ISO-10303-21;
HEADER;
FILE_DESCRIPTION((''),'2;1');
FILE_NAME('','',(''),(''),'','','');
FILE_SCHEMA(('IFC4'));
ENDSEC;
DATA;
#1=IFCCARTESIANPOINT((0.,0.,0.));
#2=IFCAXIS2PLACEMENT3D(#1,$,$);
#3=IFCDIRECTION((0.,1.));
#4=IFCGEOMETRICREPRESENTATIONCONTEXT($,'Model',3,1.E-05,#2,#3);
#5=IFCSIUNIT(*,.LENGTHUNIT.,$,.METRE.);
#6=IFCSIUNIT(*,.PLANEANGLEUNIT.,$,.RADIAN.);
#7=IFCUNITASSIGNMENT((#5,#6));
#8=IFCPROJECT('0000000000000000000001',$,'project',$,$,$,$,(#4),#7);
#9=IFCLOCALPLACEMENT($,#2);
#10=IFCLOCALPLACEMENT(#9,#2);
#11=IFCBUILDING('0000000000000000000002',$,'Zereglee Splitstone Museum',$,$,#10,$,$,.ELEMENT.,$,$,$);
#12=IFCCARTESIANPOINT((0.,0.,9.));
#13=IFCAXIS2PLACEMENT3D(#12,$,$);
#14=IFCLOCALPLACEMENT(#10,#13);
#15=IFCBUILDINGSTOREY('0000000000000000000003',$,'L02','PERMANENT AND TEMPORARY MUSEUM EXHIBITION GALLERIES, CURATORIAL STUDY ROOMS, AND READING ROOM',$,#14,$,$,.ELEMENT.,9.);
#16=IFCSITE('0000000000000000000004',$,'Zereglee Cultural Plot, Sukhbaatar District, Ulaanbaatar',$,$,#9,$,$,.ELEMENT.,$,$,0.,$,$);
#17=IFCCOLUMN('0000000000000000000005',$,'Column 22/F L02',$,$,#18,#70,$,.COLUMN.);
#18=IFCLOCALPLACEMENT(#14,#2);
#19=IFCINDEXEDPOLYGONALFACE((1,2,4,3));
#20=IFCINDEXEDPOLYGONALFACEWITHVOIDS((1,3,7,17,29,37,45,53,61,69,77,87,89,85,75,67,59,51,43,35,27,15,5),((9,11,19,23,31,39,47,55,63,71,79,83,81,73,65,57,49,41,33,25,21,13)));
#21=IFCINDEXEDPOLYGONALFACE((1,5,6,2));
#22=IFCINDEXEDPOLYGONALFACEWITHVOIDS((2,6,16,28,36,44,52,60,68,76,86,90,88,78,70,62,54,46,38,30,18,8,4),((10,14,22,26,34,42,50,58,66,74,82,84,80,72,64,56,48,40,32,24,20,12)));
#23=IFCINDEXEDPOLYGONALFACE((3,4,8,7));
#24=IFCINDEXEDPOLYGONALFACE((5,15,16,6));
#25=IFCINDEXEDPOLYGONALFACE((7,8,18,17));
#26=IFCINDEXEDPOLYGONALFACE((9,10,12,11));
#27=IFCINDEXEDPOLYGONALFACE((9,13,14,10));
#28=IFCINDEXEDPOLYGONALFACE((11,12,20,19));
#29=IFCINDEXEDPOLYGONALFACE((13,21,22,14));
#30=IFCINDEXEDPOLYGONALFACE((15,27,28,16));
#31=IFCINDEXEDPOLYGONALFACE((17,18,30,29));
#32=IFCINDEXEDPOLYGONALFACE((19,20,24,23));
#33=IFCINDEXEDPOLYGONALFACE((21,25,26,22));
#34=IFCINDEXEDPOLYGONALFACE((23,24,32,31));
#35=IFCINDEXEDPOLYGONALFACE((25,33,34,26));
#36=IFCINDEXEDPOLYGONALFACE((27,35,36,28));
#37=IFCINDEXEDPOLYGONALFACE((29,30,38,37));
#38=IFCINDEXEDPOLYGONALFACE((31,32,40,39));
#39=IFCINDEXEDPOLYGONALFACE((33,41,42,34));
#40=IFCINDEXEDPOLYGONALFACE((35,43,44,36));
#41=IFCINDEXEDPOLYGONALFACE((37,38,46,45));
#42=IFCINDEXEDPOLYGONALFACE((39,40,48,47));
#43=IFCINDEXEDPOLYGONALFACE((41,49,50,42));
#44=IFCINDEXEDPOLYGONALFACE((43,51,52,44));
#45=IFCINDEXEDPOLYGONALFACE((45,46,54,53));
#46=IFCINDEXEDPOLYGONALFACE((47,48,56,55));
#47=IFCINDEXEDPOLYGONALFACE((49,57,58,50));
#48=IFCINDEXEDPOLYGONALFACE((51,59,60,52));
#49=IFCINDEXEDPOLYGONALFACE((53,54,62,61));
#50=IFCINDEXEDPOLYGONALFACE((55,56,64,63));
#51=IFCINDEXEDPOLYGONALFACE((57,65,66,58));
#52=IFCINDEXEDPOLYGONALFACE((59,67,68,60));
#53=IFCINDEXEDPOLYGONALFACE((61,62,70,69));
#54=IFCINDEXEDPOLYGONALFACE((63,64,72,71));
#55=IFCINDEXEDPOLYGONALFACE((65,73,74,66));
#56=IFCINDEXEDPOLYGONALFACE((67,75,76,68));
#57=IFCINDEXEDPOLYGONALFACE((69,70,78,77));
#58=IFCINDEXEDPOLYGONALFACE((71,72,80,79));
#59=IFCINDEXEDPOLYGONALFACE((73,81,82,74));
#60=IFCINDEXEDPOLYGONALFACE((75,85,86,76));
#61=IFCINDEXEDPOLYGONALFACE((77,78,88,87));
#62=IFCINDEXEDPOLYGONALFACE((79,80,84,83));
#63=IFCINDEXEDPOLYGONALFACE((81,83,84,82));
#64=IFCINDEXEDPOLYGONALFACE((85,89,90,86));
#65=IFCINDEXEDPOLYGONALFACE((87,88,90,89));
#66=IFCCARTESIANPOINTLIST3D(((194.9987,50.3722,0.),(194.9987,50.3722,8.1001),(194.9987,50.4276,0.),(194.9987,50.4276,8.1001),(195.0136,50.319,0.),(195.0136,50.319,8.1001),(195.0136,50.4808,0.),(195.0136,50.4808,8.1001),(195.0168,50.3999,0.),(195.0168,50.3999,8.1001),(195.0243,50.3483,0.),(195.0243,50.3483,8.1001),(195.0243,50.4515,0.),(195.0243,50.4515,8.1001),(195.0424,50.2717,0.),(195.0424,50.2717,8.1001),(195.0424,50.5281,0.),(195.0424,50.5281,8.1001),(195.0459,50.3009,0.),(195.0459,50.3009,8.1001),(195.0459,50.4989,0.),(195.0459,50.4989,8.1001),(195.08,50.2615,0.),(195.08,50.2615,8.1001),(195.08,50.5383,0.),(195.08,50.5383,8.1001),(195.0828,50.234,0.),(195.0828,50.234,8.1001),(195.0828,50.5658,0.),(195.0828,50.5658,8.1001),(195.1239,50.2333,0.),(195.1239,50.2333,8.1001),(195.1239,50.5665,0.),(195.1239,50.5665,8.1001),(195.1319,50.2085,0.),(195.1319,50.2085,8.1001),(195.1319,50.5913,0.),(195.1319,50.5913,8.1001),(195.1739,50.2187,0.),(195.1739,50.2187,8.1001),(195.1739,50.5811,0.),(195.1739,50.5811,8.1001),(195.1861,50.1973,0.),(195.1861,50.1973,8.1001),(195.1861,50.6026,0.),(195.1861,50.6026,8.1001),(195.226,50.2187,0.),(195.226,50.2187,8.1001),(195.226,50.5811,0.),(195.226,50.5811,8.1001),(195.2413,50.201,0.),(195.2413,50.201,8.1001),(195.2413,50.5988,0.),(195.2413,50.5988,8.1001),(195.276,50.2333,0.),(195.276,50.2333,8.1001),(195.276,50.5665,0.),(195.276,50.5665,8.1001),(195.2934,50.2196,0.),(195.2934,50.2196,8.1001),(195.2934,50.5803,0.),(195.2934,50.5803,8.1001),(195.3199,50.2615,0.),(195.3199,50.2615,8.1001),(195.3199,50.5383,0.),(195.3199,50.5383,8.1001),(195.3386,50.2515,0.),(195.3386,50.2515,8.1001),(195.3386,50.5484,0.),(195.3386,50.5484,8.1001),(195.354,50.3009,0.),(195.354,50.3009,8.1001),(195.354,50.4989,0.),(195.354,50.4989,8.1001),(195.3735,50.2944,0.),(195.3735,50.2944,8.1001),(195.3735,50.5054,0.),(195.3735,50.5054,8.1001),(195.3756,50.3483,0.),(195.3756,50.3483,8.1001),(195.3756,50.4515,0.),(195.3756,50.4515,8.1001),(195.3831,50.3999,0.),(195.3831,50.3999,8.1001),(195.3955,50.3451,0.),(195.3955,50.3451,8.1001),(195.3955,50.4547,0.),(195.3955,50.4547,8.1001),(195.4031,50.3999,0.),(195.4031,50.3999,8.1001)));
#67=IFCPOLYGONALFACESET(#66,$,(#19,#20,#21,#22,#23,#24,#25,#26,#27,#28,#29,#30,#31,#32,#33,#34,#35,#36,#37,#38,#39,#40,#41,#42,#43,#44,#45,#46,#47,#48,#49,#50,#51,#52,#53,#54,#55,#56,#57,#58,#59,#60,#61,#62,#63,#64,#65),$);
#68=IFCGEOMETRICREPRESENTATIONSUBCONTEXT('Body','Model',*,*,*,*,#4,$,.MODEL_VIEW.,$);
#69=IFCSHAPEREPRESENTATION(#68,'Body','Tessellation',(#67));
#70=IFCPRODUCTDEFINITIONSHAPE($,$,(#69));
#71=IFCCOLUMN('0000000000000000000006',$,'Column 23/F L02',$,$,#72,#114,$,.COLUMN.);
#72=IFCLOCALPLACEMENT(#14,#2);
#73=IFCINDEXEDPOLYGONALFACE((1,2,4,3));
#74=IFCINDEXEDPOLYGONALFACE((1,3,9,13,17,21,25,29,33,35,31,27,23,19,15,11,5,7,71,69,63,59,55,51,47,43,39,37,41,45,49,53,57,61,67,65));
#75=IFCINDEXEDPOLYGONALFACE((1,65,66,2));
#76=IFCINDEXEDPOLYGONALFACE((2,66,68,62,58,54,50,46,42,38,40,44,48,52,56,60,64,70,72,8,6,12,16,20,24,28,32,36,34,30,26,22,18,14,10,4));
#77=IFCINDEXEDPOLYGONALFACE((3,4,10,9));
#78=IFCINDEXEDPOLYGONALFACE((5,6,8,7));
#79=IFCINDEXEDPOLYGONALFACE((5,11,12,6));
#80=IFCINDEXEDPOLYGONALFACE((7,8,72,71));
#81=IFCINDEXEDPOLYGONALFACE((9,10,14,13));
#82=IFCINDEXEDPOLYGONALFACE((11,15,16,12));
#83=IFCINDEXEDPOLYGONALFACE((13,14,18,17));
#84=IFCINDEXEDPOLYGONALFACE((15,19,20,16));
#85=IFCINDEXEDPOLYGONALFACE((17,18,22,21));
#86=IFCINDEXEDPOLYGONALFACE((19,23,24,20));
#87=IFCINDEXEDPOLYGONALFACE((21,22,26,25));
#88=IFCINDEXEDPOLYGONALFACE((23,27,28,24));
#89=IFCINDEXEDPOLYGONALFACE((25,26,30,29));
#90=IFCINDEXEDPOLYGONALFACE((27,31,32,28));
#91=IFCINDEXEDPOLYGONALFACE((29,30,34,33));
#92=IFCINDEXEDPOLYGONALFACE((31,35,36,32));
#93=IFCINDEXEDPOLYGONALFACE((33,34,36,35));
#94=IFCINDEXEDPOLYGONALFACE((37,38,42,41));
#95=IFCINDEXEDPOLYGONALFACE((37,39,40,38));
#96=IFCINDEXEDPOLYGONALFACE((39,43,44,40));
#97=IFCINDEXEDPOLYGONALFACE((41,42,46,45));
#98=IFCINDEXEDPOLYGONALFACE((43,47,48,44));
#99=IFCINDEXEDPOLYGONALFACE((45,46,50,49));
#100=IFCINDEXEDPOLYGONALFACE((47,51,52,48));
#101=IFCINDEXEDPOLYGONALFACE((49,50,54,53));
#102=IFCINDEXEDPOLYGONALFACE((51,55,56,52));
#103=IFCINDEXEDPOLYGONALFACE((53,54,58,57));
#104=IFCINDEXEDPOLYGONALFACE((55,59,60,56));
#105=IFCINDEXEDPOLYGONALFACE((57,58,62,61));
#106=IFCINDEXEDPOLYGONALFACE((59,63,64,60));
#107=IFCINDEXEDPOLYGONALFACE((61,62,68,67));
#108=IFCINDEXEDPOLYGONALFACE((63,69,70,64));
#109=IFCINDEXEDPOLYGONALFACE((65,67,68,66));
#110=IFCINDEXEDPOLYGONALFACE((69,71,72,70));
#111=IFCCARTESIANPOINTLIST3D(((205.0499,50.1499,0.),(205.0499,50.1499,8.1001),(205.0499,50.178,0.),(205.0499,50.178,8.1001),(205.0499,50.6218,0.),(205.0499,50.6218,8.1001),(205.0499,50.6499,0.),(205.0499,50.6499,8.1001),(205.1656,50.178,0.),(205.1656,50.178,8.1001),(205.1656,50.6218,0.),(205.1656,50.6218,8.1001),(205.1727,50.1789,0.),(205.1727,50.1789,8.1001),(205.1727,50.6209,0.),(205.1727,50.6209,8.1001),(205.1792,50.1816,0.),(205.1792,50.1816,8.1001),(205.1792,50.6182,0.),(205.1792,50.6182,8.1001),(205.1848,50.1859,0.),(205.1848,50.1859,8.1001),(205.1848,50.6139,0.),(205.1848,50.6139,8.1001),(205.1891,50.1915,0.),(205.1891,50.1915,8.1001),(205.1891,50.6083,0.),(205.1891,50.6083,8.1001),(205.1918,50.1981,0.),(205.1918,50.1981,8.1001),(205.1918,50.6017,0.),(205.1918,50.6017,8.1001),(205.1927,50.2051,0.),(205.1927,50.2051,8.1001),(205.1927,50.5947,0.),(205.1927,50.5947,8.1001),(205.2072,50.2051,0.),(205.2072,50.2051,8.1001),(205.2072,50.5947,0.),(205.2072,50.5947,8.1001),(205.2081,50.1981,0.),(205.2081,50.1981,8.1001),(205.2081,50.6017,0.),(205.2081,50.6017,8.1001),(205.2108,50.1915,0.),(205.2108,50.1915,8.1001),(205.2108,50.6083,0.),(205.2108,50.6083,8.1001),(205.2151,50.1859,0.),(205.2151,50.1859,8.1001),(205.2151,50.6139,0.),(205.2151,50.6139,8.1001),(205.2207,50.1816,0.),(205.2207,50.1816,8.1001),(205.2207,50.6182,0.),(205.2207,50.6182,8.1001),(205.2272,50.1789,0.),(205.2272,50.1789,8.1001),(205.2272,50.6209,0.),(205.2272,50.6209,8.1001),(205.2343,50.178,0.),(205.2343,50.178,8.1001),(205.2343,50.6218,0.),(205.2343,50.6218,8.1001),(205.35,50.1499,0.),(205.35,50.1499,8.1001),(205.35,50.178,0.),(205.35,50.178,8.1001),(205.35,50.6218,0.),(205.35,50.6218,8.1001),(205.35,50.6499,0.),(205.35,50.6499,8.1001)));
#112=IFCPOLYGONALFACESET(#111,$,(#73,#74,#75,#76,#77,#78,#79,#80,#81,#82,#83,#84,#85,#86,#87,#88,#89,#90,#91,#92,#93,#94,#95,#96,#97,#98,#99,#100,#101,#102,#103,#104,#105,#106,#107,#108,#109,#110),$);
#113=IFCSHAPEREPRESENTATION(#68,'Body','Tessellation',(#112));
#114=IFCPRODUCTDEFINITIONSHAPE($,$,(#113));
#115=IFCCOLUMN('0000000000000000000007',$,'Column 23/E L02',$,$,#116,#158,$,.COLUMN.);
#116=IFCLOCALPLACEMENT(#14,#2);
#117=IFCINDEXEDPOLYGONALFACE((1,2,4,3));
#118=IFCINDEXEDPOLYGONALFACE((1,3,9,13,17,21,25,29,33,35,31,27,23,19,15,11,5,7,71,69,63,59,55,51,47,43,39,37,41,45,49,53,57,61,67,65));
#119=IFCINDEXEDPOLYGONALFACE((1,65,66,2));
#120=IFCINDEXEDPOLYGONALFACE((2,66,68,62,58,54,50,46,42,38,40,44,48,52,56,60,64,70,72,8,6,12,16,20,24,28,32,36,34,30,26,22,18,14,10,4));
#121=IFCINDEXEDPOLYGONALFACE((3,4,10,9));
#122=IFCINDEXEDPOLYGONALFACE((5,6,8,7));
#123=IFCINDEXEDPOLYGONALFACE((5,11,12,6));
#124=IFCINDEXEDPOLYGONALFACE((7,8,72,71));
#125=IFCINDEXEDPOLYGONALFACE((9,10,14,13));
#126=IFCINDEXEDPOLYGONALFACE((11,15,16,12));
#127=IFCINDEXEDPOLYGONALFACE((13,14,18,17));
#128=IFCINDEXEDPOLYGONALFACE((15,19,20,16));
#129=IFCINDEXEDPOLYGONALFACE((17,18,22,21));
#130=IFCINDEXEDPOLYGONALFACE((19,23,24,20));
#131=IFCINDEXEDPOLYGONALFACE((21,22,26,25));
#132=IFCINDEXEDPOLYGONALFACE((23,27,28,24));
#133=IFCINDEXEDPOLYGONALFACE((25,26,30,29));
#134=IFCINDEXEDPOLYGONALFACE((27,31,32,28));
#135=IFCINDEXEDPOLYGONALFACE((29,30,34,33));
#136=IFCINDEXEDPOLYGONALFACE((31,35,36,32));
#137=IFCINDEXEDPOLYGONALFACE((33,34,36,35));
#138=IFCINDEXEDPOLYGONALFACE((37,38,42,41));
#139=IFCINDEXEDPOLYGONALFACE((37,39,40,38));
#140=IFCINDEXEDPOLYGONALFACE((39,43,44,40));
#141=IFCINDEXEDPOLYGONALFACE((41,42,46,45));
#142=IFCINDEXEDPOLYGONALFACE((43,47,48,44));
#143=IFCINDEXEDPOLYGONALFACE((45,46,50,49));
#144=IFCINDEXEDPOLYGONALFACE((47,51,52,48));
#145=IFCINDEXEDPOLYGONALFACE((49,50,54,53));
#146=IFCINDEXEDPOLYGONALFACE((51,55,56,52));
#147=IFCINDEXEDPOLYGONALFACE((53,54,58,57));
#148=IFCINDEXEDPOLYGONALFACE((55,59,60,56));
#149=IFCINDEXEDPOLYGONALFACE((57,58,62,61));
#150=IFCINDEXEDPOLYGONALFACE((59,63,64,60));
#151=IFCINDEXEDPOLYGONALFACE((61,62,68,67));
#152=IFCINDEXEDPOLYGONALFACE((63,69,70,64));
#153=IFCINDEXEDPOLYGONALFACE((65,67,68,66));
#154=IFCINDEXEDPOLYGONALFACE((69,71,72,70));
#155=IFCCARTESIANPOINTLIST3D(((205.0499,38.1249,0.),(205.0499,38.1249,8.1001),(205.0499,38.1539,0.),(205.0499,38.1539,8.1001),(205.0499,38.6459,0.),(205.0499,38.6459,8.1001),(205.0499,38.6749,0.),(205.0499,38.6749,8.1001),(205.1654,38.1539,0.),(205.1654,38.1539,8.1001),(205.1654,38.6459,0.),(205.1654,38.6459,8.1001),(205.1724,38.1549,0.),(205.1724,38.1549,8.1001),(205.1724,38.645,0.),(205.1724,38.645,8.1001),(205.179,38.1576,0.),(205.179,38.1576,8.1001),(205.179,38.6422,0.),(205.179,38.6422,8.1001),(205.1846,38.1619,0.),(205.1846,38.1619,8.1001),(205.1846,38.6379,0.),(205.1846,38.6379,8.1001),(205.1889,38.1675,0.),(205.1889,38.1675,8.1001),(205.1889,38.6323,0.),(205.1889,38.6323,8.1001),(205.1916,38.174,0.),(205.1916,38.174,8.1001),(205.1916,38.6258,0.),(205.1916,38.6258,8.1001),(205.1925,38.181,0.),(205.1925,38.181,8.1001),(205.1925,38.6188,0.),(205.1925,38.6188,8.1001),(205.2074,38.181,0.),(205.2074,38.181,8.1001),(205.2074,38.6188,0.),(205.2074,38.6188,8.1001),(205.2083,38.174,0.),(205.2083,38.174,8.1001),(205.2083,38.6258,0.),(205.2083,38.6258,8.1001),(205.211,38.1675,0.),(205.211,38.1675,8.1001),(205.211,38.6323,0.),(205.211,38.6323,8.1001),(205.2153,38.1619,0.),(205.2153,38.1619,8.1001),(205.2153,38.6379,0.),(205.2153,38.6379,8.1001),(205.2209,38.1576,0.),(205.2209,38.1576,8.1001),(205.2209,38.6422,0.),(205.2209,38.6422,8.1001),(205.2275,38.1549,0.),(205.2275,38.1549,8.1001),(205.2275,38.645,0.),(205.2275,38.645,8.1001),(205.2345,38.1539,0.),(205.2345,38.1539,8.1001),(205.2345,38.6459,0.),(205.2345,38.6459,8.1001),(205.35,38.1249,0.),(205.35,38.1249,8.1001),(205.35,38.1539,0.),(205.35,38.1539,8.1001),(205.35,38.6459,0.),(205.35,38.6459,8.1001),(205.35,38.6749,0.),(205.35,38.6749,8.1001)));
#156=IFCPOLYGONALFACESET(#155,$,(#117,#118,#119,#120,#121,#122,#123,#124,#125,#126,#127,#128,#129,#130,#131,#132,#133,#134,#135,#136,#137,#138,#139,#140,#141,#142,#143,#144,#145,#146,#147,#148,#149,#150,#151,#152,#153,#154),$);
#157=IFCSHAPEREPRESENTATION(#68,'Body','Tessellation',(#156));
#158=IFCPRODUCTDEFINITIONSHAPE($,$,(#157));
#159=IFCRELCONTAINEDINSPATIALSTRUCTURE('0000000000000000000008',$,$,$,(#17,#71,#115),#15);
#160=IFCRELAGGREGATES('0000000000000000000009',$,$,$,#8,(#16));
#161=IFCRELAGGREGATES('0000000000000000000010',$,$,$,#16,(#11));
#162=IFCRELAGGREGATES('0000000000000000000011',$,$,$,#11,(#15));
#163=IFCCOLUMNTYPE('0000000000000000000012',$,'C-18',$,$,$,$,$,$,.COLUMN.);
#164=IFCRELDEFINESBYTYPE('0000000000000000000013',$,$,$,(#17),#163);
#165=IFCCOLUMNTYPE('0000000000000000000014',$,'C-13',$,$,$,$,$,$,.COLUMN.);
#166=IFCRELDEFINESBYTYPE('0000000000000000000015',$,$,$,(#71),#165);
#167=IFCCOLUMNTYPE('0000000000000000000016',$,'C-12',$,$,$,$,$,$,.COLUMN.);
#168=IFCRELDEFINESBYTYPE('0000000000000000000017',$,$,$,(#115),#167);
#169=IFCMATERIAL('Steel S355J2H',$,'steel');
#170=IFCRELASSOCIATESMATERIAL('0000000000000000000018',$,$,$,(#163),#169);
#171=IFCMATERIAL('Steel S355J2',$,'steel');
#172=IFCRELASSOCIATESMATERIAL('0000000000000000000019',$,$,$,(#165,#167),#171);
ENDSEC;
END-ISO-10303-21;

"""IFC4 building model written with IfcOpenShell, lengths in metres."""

from ifc_helpers import new_model, si_unit, direction, frame, origin, origin_2d, place, context, subcontext, project, spatial, hollow_circle, i_section, extrude, material, material_profile, profile_set, type_object, element, save


model = new_model("IFC4")

# Units and contexts
model_context = context("Model", 3, precision=1e-05, world=origin(), true_north=direction((0.0, 1.0)))
body_context = subcontext(model_context, "Body", "Model", "MODEL_VIEW")
ifc_project = project(units=[si_unit("LENGTHUNIT", "METRE"), si_unit("PLANEANGLEUNIT", "RADIAN")], contexts=[model_context])

# Site, building, storey
site_placement = place(None, origin())
site = spatial("IfcSite", under=ifc_project, at=site_placement, Name="Zereglee Cultural Plot, Sukhbaatar District, Ulaanbaatar", CompositionType="ELEMENT", RefElevation=0.0)
building_placement = place(site_placement, origin())
building = spatial("IfcBuilding", under=site, at=building_placement, Name="Zereglee Splitstone Museum", CompositionType="ELEMENT")
storey_placement = place(building_placement, frame((0.0, 0.0, 9.0)))
storey = spatial("IfcBuildingStorey", under=building, at=storey_placement, Name="L02", Description="PERMANENT AND TEMPORARY MUSEUM EXHIBITION GALLERIES, CURATORIAL STUDY ROOMS, AND READING ROOM", CompositionType="ELEMENT", Elevation=9.0)

# Columns
ifc_material_1 = material(Name="Steel S355J2H", Category="steel")
ifc_material_profile_1 = material_profile(ifc_material_1, hollow_circle(Radius=0.2031, WallThickness=0.02, at=origin_2d()), Name="CHS 406.4x20")
ifc_profile_set_1 = profile_set([ifc_material_profile_1], Name="Steel S355J2H")
column_type_1 = type_object("IfcColumnType", Name="C-18", PredefinedType="COLUMN", material=ifc_profile_set_1)
column_1_placement = place(storey_placement, frame((195.2, 50.3999, 0.0), z_axis=(0.0, 0.0, 1.0), x_axis=(1.0, 0.0, 0.0)))
element("IfcColumn", 1, at=column_1_placement, inside=storey, type_object=column_type_1, Name="Column 22/F L02", PredefinedType="COLUMN", context=body_context, shape_type="SweptSolid", body=[
    extrude(hollow_circle(Radius=0.2031, WallThickness=0.02, at=origin_2d()), origin(), (0.0, 0.0, 1.0), 8.1001),
])
ifc_material_2 = material(Name="Steel S355J2", Category="steel")
ifc_material_profile_2 = material_profile(ifc_material_2, i_section(OverallWidth=0.3, OverallDepth=0.5, WebThickness=0.0144, FlangeThickness=0.0281, FilletRadius=0.0271, at=origin_2d()), Name="HE 500 B")
ifc_profile_set_2 = profile_set([ifc_material_profile_2], Name="Steel S355J2")
column_type_2 = type_object("IfcColumnType", Name="C-13", PredefinedType="COLUMN", material=ifc_profile_set_2)
column_2_placement = place(storey_placement, frame((205.2, 50.3999, 0.0), z_axis=(0.0, 0.0, 1.0), x_axis=(1.0, 0.0, 0.0)))
element("IfcColumn", 2, at=column_2_placement, inside=storey, type_object=column_type_2, Name="Column 23/F L02", PredefinedType="COLUMN", context=body_context, shape_type="SweptSolid", body=[
    extrude(i_section(OverallWidth=0.3, OverallDepth=0.5, WebThickness=0.0144, FlangeThickness=0.0281, FilletRadius=0.0271, at=origin_2d()), origin(), (0.0, 0.0, 1.0), 8.1001),
])
ifc_material_profile_3 = material_profile(ifc_material_2, i_section(OverallWidth=0.3, OverallDepth=0.55, WebThickness=0.0149, FlangeThickness=0.0291, FilletRadius=0.0271, at=origin_2d()), Name="HE 550 B")
ifc_profile_set_3 = profile_set([ifc_material_profile_3], Name="Steel S355J2")
column_type_3 = type_object("IfcColumnType", Name="C-12", PredefinedType="COLUMN", material=ifc_profile_set_3)
column_3_placement = place(storey_placement, frame((205.2, 38.3999, 0.0), z_axis=(0.0, 0.0, 1.0), x_axis=(1.0, 0.0, 0.0)))
element("IfcColumn", 3, at=column_3_placement, inside=storey, type_object=column_type_3, Name="Column 23/E L02", PredefinedType="COLUMN", context=body_context, shape_type="SweptSolid", body=[
    extrude(i_section(OverallWidth=0.3, OverallDepth=0.55, WebThickness=0.0149, FlangeThickness=0.0291, FilletRadius=0.0271, at=origin_2d()), origin(), (0.0, 0.0, 1.0), 8.1001),
])

save(model, "model.ifc")
